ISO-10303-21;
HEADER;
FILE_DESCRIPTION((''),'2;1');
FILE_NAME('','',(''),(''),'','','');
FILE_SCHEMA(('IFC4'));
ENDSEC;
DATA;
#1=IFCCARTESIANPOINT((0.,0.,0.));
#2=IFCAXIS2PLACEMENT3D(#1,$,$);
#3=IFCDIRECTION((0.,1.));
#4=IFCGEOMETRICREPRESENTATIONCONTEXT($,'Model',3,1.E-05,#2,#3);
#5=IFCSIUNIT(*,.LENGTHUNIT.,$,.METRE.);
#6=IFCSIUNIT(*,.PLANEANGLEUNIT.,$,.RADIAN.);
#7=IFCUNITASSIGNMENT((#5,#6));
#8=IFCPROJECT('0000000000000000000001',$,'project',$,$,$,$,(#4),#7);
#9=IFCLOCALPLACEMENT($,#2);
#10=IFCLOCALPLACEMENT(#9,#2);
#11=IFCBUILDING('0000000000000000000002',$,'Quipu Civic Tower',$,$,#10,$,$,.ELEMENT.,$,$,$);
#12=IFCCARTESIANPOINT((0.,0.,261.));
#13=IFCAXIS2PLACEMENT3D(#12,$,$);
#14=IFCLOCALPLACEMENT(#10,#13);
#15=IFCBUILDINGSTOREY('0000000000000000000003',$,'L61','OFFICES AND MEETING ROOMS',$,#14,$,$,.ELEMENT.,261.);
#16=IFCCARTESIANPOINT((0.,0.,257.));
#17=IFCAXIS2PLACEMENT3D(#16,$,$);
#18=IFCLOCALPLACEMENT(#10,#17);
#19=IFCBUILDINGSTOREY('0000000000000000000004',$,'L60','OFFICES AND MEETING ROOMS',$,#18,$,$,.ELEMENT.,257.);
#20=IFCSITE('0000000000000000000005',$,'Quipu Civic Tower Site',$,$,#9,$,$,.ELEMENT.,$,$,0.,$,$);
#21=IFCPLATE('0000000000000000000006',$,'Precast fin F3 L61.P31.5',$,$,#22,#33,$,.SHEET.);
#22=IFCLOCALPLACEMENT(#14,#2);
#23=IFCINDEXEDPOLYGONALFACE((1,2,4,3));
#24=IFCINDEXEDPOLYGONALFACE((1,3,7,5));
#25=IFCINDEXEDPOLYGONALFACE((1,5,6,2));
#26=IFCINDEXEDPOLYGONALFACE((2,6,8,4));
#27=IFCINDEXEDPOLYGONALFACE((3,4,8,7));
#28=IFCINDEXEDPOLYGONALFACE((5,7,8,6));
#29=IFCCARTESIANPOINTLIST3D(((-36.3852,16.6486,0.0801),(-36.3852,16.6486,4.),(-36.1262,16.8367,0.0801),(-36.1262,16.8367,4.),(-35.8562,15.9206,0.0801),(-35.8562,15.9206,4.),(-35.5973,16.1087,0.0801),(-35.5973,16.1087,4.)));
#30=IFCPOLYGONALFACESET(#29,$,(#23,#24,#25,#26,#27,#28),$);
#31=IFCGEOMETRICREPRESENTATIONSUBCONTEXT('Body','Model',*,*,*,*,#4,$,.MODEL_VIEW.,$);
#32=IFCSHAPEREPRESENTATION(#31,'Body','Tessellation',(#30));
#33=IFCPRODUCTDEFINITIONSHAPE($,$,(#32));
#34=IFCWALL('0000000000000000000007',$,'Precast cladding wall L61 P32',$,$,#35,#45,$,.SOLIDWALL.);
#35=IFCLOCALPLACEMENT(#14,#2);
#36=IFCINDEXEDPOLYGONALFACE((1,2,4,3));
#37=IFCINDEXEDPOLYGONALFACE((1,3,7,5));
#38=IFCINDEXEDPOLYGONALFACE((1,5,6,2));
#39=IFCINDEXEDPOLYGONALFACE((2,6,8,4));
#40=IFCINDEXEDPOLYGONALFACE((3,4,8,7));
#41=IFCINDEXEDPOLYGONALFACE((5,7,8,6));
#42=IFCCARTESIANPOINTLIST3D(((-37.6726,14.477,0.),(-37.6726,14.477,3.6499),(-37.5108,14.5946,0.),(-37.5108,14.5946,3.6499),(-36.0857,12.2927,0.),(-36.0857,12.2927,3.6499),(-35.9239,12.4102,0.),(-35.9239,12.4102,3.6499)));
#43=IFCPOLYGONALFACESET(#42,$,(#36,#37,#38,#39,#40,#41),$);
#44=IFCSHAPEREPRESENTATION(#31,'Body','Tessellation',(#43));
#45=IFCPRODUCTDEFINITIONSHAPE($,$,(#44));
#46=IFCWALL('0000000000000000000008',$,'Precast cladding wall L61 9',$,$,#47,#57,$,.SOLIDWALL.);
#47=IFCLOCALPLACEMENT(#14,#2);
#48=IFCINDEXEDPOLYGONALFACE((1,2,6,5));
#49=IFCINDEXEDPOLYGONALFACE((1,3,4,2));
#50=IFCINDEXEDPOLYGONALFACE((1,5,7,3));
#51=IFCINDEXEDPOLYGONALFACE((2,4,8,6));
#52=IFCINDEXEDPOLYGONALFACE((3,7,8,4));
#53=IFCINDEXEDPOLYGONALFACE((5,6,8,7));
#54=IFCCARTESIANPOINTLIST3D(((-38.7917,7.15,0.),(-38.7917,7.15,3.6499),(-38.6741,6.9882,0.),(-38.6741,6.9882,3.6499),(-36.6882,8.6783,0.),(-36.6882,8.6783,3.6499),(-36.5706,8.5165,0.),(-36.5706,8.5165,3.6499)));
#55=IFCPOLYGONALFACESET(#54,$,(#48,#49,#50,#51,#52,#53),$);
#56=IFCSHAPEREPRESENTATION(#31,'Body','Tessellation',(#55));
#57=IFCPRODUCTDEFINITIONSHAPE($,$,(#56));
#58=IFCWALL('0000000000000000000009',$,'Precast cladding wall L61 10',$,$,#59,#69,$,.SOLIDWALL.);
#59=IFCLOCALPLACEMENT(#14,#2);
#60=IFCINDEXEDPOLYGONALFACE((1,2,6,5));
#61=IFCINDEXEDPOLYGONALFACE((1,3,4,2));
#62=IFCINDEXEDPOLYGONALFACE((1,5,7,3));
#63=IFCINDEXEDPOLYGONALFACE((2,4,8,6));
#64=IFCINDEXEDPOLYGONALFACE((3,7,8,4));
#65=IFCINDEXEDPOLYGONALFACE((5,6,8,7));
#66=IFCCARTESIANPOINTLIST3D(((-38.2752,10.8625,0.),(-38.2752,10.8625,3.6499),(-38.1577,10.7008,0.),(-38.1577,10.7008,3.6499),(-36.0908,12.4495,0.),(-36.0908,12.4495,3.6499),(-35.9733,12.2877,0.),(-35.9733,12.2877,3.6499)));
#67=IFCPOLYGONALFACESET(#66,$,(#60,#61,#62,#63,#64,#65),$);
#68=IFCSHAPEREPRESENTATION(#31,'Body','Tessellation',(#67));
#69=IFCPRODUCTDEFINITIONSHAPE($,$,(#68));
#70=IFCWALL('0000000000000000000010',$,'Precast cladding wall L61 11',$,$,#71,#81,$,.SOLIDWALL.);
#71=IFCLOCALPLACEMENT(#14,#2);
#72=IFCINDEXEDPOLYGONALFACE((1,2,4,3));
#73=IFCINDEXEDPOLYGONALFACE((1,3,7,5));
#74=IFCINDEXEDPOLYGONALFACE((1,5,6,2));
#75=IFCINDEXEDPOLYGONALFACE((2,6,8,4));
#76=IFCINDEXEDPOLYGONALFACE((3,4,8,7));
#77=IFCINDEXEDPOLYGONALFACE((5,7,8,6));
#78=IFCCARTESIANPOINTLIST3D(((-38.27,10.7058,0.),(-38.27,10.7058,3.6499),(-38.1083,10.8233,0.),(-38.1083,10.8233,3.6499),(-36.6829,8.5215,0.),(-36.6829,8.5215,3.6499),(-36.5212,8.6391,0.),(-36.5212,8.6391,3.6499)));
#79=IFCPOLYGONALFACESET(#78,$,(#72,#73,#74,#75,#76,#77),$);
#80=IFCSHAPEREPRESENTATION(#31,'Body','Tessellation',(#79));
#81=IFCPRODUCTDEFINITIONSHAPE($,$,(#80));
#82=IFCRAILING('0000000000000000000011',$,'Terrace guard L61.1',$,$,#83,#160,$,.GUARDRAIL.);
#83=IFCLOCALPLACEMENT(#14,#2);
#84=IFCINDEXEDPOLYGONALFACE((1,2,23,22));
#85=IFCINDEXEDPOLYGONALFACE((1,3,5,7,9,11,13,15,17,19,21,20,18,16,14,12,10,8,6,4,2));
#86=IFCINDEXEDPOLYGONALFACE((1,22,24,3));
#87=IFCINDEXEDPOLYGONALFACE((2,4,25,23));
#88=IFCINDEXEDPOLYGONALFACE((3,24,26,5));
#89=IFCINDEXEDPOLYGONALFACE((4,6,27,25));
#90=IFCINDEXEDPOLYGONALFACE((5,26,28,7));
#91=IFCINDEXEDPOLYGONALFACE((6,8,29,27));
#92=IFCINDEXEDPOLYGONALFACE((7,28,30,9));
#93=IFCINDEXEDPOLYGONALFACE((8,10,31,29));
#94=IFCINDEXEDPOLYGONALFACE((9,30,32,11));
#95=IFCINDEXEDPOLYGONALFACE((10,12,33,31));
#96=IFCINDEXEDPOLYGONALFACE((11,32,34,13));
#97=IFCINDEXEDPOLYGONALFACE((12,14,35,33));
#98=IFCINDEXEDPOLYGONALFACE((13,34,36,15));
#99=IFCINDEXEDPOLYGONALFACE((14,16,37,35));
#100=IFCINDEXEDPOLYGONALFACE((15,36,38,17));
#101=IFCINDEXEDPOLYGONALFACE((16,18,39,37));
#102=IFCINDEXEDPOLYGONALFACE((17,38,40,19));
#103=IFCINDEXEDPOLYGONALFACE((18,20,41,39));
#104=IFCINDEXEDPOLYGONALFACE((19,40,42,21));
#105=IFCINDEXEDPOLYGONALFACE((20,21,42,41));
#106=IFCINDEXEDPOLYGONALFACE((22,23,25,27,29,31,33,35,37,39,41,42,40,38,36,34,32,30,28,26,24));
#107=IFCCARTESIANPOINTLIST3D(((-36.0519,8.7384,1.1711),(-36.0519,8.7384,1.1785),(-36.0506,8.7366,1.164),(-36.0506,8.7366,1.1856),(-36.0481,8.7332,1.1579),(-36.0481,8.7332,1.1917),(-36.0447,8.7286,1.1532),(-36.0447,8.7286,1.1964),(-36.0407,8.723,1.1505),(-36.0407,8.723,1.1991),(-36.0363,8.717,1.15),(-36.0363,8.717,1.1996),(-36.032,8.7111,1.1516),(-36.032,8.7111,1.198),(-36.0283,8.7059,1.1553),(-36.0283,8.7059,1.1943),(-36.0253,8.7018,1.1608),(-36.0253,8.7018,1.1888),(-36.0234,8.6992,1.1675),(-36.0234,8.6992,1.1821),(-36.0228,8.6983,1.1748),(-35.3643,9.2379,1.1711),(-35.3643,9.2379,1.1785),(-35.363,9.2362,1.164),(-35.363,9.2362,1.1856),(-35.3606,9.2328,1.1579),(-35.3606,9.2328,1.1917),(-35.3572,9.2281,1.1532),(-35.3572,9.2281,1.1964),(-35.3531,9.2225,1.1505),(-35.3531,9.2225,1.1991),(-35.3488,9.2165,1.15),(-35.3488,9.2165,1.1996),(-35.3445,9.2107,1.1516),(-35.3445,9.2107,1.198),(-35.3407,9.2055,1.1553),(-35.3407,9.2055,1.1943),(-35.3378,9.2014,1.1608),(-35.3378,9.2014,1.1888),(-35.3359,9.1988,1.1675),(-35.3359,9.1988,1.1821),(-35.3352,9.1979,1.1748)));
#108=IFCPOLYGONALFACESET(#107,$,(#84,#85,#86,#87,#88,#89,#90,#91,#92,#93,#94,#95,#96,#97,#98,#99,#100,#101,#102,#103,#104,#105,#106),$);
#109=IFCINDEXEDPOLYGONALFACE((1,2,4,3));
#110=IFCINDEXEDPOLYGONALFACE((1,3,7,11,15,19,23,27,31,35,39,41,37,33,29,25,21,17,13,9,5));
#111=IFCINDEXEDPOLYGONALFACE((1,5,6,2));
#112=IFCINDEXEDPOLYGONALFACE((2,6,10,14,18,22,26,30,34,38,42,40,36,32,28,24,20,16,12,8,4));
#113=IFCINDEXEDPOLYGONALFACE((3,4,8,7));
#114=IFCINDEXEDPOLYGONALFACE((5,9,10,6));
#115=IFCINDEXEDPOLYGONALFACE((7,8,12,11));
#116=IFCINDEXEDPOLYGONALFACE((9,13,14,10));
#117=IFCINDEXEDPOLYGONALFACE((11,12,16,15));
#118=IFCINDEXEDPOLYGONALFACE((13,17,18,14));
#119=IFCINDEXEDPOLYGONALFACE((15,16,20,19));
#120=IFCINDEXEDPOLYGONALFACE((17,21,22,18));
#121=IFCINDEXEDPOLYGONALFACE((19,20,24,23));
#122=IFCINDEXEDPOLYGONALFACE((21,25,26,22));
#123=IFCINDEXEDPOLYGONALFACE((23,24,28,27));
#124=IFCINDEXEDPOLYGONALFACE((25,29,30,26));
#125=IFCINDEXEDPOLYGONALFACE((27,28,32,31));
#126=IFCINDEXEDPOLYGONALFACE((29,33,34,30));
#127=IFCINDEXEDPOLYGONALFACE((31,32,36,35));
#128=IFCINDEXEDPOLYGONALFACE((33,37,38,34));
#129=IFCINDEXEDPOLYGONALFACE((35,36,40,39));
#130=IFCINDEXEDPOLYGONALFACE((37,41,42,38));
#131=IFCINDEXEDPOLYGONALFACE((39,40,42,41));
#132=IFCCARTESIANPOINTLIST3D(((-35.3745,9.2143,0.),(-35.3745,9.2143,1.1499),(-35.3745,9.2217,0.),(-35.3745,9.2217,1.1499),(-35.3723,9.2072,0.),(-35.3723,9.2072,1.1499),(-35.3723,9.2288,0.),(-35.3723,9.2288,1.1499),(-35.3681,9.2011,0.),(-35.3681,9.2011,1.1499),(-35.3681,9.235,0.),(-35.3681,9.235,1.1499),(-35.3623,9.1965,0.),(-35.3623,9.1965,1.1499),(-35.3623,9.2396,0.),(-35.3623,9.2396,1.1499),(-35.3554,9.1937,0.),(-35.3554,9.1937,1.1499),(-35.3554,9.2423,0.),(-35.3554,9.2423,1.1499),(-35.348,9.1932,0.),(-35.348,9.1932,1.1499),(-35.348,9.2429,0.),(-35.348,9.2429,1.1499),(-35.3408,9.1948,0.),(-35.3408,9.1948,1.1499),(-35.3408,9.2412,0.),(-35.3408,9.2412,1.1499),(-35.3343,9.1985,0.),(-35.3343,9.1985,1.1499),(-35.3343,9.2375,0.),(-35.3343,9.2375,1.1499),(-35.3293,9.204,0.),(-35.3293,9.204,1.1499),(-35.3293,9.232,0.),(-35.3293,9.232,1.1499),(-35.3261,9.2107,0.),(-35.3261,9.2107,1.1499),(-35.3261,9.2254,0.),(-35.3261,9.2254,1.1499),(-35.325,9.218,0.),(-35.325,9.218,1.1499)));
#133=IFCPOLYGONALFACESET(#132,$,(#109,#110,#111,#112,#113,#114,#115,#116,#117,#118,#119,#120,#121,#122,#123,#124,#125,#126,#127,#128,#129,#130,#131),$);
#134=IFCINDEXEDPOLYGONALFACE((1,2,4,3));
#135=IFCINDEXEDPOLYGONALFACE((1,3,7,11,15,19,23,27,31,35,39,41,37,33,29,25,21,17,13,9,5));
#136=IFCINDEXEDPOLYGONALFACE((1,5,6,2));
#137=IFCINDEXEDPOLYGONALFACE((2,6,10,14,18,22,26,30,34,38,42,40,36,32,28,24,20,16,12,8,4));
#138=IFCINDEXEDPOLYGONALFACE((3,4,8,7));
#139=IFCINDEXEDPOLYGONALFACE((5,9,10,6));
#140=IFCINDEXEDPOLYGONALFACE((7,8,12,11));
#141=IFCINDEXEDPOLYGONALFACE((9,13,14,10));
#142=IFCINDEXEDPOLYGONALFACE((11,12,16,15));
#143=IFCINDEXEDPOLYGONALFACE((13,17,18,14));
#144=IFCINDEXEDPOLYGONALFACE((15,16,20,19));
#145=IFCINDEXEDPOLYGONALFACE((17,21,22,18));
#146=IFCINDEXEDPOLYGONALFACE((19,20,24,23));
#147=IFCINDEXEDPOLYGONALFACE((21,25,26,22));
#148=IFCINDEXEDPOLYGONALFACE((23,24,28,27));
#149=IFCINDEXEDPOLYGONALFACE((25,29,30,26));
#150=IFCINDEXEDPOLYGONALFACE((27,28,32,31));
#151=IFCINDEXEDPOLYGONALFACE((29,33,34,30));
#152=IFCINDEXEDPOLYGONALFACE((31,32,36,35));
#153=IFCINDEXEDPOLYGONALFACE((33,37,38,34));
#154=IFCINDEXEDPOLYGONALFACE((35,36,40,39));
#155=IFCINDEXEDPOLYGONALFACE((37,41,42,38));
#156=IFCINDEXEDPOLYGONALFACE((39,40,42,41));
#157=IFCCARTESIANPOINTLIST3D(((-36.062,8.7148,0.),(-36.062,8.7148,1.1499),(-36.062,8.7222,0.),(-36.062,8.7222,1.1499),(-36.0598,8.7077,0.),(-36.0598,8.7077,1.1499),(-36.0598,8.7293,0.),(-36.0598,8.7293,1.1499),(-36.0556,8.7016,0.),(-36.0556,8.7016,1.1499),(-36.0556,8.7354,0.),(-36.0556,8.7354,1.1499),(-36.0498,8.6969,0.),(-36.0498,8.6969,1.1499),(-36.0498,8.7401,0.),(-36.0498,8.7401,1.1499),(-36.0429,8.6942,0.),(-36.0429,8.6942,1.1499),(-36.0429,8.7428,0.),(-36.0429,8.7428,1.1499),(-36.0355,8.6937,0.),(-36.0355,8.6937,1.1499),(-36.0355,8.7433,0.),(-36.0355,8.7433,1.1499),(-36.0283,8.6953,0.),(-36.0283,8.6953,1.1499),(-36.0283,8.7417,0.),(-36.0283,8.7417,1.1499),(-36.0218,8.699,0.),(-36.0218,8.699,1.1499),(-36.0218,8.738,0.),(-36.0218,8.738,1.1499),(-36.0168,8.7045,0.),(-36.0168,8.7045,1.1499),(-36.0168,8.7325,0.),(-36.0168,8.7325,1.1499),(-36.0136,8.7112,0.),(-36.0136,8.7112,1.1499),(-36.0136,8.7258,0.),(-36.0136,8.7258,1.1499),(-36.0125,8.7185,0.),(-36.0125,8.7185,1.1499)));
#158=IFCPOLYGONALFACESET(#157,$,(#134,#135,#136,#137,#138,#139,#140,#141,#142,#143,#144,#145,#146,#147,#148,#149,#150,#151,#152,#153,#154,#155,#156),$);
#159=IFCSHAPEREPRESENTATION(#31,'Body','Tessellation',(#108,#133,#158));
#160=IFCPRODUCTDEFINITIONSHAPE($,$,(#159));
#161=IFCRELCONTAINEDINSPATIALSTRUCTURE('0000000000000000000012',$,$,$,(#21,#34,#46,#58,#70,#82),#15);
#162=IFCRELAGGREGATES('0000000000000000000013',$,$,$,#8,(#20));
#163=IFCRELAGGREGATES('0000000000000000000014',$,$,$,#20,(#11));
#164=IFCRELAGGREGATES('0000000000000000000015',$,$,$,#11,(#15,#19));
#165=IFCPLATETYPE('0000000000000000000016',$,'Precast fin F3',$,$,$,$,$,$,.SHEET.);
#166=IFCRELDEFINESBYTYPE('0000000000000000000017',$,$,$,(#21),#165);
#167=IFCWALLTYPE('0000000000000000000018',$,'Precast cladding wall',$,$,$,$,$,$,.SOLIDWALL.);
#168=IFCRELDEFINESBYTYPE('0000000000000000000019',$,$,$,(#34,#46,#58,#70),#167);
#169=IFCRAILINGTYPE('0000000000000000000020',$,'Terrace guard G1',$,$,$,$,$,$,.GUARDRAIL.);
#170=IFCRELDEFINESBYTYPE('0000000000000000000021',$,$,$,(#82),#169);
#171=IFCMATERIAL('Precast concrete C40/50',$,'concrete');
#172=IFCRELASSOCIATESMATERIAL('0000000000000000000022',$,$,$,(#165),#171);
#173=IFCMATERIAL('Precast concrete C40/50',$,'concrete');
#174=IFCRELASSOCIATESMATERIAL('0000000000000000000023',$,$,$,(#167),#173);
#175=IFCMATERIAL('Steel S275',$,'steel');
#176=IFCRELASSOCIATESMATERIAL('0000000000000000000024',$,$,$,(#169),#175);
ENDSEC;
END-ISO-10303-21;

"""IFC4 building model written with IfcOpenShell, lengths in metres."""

from ifc_helpers import new_model, si_unit, direction, frame, frame_2d, origin, origin_2d, place, context, subcontext, project, spatial, rectangle, circle, extrude, material, type_object, element, save


model = new_model("IFC4")

# Units and contexts
model_context = context("Model", 3, precision=1e-05, world=origin(), true_north=direction((0.0, 1.0)))
body_context = subcontext(model_context, "Body", "Model", "MODEL_VIEW")
ifc_project = project(units=[si_unit("LENGTHUNIT", "METRE"), si_unit("PLANEANGLEUNIT", "RADIAN")], contexts=[model_context])

# Site, building, storey
site_placement = place(None, origin())
site = spatial("IfcSite", under=ifc_project, at=site_placement, Name="Quipu Civic Tower Site", CompositionType="ELEMENT", RefElevation=0.0)
building_placement = place(site_placement, origin())
building = spatial("IfcBuilding", under=site, at=building_placement, Name="Quipu Civic Tower", CompositionType="ELEMENT")
storey_1_placement = place(building_placement, frame((0.0, 0.0, 261.0)))
storey_1 = spatial("IfcBuildingStorey", under=building, at=storey_1_placement, Name="L61", Description="OFFICES AND MEETING ROOMS", CompositionType="ELEMENT", Elevation=261.0)

# Shared definitions
storey_2_placement = place(building_placement, frame((0.0, 0.0, 257.0)))
storey_2 = spatial("IfcBuildingStorey", under=building, at=storey_2_placement, Name="L60", Description="OFFICES AND MEETING ROOMS", CompositionType="ELEMENT", Elevation=257.0)

# Plate
ifc_material_1 = material(Name="Precast concrete C40/50", Category="concrete")
plate_type_1 = type_object("IfcPlateType", Name="Precast fin F3", PredefinedType="SHEET", material=ifc_material_1)
plate_1_placement = place(storey_1_placement, frame((-35.9912, 16.3787, 0.0801), z_axis=(0.0, 0.0, 1.0), x_axis=(-0.809017, -0.587785, 0.0)))
element("IfcPlate", 1, at=plate_1_placement, inside=storey_1, type_object=plate_type_1, Name="Precast fin F3 L61.P31.5", PredefinedType="SHEET", context=body_context, shape_type="SweptSolid", body=[
    extrude(rectangle(XDim=0.3201, YDim=0.8999, at=origin_2d()), origin(), (0.0, 0.0, 1.0), 3.9199),
])

# Walls
ifc_material_2 = material(Name="Precast concrete C40/50", Category="concrete")
wall_type = type_object("IfcWallType", Name="Precast cladding wall", PredefinedType="SOLIDWALL", material=ifc_material_2)
wall_1_placement = place(storey_1_placement, frame((-37.5918, 14.5359, 0.0), z_axis=(0.0, 0.0, 1.0), x_axis=(0.587763, -0.809033, 0.0)))
element("IfcWall", 2, at=wall_1_placement, inside=storey_1, type_object=wall_type, Name="Precast cladding wall L61 P32", PredefinedType="SOLIDWALL", context=body_context, shape_type="SweptSolid", body=[
    extrude(rectangle(XDim=2.7, YDim=0.2, at=frame_2d((1.3501, 0.0))), origin(), (0.0, 0.0, 1.0), 3.6499),
])
wall_2_placement = place(storey_1_placement, frame((-36.6294, 8.5974, 0.0), z_axis=(0.0, 0.0, 1.0), x_axis=(-0.809012, -0.587792, 0.0)))
element("IfcWall", 3, at=wall_2_placement, inside=storey_1, type_object=wall_type, Name="Precast cladding wall L61 9", PredefinedType="SOLIDWALL", context=body_context, shape_type="SweptSolid", body=[
    extrude(rectangle(XDim=2.6001, YDim=0.2, at=frame_2d((1.3, 0.0))), origin(), (0.0, 0.0, 1.0), 3.6499),
])
for number, where, z_axis, x_axis, name in (
    (4, (-36.032, 12.3687, 0.0), (0.0, 0.0, 1.0), (-0.809033, -0.587763, 0.0), "Precast cladding wall L61 10"),
    (5, (-38.1892, 10.7646, 0.0), (0.0, 0.0, 1.0), (0.587822, -0.80899, 0.0), "Precast cladding wall L61 11"),
):
    element("IfcWall", number, at=place(storey_1_placement, frame(where, z_axis=z_axis, x_axis=x_axis)), inside=storey_1, type_object=wall_type, Name=name, PredefinedType="SOLIDWALL", context=body_context, shape_type="SweptSolid", body=[
        extrude(rectangle(XDim=2.7, YDim=0.2, at=frame_2d((1.3501, 0.0))), origin(), (0.0, 0.0, 1.0), 3.6499),
    ])

# Railing
ifc_material_3 = material(Name="Steel S275", Category="steel")
railing_type = type_object("IfcRailingType", Name="Terrace guard G1", PredefinedType="GUARDRAIL", material=ifc_material_3)
railing_1_placement = place(storey_1_placement, frame((-35.3499, 9.218, 0.0)))
element("IfcRailing", 6, at=railing_1_placement, inside=storey_1, type_object=railing_type, Name="Terrace guard L61.1", PredefinedType="GUARDRAIL", context=body_context, shape_type="SweptSolid", body=[
    extrude(circle(Radius=0.0249, at=origin_2d()), frame((0.0, 0.0, 1.1748), z_axis=(-0.809009, -0.587796, 0.0), x_axis=(0.587796, -0.809009, 0.0)), (0.0, 0.0, 1.0), 0.8499),
    extrude(circle(Radius=0.0249, at=origin_2d()), origin(), (0.0, 0.0, 1.0), 1.1499),
    extrude(circle(Radius=0.0249, at=origin_2d()), frame((-0.6875, -0.4995, 0.0)), (0.0, 0.0, 1.0), 1.1499),
])

save(model, "model.ifc")
